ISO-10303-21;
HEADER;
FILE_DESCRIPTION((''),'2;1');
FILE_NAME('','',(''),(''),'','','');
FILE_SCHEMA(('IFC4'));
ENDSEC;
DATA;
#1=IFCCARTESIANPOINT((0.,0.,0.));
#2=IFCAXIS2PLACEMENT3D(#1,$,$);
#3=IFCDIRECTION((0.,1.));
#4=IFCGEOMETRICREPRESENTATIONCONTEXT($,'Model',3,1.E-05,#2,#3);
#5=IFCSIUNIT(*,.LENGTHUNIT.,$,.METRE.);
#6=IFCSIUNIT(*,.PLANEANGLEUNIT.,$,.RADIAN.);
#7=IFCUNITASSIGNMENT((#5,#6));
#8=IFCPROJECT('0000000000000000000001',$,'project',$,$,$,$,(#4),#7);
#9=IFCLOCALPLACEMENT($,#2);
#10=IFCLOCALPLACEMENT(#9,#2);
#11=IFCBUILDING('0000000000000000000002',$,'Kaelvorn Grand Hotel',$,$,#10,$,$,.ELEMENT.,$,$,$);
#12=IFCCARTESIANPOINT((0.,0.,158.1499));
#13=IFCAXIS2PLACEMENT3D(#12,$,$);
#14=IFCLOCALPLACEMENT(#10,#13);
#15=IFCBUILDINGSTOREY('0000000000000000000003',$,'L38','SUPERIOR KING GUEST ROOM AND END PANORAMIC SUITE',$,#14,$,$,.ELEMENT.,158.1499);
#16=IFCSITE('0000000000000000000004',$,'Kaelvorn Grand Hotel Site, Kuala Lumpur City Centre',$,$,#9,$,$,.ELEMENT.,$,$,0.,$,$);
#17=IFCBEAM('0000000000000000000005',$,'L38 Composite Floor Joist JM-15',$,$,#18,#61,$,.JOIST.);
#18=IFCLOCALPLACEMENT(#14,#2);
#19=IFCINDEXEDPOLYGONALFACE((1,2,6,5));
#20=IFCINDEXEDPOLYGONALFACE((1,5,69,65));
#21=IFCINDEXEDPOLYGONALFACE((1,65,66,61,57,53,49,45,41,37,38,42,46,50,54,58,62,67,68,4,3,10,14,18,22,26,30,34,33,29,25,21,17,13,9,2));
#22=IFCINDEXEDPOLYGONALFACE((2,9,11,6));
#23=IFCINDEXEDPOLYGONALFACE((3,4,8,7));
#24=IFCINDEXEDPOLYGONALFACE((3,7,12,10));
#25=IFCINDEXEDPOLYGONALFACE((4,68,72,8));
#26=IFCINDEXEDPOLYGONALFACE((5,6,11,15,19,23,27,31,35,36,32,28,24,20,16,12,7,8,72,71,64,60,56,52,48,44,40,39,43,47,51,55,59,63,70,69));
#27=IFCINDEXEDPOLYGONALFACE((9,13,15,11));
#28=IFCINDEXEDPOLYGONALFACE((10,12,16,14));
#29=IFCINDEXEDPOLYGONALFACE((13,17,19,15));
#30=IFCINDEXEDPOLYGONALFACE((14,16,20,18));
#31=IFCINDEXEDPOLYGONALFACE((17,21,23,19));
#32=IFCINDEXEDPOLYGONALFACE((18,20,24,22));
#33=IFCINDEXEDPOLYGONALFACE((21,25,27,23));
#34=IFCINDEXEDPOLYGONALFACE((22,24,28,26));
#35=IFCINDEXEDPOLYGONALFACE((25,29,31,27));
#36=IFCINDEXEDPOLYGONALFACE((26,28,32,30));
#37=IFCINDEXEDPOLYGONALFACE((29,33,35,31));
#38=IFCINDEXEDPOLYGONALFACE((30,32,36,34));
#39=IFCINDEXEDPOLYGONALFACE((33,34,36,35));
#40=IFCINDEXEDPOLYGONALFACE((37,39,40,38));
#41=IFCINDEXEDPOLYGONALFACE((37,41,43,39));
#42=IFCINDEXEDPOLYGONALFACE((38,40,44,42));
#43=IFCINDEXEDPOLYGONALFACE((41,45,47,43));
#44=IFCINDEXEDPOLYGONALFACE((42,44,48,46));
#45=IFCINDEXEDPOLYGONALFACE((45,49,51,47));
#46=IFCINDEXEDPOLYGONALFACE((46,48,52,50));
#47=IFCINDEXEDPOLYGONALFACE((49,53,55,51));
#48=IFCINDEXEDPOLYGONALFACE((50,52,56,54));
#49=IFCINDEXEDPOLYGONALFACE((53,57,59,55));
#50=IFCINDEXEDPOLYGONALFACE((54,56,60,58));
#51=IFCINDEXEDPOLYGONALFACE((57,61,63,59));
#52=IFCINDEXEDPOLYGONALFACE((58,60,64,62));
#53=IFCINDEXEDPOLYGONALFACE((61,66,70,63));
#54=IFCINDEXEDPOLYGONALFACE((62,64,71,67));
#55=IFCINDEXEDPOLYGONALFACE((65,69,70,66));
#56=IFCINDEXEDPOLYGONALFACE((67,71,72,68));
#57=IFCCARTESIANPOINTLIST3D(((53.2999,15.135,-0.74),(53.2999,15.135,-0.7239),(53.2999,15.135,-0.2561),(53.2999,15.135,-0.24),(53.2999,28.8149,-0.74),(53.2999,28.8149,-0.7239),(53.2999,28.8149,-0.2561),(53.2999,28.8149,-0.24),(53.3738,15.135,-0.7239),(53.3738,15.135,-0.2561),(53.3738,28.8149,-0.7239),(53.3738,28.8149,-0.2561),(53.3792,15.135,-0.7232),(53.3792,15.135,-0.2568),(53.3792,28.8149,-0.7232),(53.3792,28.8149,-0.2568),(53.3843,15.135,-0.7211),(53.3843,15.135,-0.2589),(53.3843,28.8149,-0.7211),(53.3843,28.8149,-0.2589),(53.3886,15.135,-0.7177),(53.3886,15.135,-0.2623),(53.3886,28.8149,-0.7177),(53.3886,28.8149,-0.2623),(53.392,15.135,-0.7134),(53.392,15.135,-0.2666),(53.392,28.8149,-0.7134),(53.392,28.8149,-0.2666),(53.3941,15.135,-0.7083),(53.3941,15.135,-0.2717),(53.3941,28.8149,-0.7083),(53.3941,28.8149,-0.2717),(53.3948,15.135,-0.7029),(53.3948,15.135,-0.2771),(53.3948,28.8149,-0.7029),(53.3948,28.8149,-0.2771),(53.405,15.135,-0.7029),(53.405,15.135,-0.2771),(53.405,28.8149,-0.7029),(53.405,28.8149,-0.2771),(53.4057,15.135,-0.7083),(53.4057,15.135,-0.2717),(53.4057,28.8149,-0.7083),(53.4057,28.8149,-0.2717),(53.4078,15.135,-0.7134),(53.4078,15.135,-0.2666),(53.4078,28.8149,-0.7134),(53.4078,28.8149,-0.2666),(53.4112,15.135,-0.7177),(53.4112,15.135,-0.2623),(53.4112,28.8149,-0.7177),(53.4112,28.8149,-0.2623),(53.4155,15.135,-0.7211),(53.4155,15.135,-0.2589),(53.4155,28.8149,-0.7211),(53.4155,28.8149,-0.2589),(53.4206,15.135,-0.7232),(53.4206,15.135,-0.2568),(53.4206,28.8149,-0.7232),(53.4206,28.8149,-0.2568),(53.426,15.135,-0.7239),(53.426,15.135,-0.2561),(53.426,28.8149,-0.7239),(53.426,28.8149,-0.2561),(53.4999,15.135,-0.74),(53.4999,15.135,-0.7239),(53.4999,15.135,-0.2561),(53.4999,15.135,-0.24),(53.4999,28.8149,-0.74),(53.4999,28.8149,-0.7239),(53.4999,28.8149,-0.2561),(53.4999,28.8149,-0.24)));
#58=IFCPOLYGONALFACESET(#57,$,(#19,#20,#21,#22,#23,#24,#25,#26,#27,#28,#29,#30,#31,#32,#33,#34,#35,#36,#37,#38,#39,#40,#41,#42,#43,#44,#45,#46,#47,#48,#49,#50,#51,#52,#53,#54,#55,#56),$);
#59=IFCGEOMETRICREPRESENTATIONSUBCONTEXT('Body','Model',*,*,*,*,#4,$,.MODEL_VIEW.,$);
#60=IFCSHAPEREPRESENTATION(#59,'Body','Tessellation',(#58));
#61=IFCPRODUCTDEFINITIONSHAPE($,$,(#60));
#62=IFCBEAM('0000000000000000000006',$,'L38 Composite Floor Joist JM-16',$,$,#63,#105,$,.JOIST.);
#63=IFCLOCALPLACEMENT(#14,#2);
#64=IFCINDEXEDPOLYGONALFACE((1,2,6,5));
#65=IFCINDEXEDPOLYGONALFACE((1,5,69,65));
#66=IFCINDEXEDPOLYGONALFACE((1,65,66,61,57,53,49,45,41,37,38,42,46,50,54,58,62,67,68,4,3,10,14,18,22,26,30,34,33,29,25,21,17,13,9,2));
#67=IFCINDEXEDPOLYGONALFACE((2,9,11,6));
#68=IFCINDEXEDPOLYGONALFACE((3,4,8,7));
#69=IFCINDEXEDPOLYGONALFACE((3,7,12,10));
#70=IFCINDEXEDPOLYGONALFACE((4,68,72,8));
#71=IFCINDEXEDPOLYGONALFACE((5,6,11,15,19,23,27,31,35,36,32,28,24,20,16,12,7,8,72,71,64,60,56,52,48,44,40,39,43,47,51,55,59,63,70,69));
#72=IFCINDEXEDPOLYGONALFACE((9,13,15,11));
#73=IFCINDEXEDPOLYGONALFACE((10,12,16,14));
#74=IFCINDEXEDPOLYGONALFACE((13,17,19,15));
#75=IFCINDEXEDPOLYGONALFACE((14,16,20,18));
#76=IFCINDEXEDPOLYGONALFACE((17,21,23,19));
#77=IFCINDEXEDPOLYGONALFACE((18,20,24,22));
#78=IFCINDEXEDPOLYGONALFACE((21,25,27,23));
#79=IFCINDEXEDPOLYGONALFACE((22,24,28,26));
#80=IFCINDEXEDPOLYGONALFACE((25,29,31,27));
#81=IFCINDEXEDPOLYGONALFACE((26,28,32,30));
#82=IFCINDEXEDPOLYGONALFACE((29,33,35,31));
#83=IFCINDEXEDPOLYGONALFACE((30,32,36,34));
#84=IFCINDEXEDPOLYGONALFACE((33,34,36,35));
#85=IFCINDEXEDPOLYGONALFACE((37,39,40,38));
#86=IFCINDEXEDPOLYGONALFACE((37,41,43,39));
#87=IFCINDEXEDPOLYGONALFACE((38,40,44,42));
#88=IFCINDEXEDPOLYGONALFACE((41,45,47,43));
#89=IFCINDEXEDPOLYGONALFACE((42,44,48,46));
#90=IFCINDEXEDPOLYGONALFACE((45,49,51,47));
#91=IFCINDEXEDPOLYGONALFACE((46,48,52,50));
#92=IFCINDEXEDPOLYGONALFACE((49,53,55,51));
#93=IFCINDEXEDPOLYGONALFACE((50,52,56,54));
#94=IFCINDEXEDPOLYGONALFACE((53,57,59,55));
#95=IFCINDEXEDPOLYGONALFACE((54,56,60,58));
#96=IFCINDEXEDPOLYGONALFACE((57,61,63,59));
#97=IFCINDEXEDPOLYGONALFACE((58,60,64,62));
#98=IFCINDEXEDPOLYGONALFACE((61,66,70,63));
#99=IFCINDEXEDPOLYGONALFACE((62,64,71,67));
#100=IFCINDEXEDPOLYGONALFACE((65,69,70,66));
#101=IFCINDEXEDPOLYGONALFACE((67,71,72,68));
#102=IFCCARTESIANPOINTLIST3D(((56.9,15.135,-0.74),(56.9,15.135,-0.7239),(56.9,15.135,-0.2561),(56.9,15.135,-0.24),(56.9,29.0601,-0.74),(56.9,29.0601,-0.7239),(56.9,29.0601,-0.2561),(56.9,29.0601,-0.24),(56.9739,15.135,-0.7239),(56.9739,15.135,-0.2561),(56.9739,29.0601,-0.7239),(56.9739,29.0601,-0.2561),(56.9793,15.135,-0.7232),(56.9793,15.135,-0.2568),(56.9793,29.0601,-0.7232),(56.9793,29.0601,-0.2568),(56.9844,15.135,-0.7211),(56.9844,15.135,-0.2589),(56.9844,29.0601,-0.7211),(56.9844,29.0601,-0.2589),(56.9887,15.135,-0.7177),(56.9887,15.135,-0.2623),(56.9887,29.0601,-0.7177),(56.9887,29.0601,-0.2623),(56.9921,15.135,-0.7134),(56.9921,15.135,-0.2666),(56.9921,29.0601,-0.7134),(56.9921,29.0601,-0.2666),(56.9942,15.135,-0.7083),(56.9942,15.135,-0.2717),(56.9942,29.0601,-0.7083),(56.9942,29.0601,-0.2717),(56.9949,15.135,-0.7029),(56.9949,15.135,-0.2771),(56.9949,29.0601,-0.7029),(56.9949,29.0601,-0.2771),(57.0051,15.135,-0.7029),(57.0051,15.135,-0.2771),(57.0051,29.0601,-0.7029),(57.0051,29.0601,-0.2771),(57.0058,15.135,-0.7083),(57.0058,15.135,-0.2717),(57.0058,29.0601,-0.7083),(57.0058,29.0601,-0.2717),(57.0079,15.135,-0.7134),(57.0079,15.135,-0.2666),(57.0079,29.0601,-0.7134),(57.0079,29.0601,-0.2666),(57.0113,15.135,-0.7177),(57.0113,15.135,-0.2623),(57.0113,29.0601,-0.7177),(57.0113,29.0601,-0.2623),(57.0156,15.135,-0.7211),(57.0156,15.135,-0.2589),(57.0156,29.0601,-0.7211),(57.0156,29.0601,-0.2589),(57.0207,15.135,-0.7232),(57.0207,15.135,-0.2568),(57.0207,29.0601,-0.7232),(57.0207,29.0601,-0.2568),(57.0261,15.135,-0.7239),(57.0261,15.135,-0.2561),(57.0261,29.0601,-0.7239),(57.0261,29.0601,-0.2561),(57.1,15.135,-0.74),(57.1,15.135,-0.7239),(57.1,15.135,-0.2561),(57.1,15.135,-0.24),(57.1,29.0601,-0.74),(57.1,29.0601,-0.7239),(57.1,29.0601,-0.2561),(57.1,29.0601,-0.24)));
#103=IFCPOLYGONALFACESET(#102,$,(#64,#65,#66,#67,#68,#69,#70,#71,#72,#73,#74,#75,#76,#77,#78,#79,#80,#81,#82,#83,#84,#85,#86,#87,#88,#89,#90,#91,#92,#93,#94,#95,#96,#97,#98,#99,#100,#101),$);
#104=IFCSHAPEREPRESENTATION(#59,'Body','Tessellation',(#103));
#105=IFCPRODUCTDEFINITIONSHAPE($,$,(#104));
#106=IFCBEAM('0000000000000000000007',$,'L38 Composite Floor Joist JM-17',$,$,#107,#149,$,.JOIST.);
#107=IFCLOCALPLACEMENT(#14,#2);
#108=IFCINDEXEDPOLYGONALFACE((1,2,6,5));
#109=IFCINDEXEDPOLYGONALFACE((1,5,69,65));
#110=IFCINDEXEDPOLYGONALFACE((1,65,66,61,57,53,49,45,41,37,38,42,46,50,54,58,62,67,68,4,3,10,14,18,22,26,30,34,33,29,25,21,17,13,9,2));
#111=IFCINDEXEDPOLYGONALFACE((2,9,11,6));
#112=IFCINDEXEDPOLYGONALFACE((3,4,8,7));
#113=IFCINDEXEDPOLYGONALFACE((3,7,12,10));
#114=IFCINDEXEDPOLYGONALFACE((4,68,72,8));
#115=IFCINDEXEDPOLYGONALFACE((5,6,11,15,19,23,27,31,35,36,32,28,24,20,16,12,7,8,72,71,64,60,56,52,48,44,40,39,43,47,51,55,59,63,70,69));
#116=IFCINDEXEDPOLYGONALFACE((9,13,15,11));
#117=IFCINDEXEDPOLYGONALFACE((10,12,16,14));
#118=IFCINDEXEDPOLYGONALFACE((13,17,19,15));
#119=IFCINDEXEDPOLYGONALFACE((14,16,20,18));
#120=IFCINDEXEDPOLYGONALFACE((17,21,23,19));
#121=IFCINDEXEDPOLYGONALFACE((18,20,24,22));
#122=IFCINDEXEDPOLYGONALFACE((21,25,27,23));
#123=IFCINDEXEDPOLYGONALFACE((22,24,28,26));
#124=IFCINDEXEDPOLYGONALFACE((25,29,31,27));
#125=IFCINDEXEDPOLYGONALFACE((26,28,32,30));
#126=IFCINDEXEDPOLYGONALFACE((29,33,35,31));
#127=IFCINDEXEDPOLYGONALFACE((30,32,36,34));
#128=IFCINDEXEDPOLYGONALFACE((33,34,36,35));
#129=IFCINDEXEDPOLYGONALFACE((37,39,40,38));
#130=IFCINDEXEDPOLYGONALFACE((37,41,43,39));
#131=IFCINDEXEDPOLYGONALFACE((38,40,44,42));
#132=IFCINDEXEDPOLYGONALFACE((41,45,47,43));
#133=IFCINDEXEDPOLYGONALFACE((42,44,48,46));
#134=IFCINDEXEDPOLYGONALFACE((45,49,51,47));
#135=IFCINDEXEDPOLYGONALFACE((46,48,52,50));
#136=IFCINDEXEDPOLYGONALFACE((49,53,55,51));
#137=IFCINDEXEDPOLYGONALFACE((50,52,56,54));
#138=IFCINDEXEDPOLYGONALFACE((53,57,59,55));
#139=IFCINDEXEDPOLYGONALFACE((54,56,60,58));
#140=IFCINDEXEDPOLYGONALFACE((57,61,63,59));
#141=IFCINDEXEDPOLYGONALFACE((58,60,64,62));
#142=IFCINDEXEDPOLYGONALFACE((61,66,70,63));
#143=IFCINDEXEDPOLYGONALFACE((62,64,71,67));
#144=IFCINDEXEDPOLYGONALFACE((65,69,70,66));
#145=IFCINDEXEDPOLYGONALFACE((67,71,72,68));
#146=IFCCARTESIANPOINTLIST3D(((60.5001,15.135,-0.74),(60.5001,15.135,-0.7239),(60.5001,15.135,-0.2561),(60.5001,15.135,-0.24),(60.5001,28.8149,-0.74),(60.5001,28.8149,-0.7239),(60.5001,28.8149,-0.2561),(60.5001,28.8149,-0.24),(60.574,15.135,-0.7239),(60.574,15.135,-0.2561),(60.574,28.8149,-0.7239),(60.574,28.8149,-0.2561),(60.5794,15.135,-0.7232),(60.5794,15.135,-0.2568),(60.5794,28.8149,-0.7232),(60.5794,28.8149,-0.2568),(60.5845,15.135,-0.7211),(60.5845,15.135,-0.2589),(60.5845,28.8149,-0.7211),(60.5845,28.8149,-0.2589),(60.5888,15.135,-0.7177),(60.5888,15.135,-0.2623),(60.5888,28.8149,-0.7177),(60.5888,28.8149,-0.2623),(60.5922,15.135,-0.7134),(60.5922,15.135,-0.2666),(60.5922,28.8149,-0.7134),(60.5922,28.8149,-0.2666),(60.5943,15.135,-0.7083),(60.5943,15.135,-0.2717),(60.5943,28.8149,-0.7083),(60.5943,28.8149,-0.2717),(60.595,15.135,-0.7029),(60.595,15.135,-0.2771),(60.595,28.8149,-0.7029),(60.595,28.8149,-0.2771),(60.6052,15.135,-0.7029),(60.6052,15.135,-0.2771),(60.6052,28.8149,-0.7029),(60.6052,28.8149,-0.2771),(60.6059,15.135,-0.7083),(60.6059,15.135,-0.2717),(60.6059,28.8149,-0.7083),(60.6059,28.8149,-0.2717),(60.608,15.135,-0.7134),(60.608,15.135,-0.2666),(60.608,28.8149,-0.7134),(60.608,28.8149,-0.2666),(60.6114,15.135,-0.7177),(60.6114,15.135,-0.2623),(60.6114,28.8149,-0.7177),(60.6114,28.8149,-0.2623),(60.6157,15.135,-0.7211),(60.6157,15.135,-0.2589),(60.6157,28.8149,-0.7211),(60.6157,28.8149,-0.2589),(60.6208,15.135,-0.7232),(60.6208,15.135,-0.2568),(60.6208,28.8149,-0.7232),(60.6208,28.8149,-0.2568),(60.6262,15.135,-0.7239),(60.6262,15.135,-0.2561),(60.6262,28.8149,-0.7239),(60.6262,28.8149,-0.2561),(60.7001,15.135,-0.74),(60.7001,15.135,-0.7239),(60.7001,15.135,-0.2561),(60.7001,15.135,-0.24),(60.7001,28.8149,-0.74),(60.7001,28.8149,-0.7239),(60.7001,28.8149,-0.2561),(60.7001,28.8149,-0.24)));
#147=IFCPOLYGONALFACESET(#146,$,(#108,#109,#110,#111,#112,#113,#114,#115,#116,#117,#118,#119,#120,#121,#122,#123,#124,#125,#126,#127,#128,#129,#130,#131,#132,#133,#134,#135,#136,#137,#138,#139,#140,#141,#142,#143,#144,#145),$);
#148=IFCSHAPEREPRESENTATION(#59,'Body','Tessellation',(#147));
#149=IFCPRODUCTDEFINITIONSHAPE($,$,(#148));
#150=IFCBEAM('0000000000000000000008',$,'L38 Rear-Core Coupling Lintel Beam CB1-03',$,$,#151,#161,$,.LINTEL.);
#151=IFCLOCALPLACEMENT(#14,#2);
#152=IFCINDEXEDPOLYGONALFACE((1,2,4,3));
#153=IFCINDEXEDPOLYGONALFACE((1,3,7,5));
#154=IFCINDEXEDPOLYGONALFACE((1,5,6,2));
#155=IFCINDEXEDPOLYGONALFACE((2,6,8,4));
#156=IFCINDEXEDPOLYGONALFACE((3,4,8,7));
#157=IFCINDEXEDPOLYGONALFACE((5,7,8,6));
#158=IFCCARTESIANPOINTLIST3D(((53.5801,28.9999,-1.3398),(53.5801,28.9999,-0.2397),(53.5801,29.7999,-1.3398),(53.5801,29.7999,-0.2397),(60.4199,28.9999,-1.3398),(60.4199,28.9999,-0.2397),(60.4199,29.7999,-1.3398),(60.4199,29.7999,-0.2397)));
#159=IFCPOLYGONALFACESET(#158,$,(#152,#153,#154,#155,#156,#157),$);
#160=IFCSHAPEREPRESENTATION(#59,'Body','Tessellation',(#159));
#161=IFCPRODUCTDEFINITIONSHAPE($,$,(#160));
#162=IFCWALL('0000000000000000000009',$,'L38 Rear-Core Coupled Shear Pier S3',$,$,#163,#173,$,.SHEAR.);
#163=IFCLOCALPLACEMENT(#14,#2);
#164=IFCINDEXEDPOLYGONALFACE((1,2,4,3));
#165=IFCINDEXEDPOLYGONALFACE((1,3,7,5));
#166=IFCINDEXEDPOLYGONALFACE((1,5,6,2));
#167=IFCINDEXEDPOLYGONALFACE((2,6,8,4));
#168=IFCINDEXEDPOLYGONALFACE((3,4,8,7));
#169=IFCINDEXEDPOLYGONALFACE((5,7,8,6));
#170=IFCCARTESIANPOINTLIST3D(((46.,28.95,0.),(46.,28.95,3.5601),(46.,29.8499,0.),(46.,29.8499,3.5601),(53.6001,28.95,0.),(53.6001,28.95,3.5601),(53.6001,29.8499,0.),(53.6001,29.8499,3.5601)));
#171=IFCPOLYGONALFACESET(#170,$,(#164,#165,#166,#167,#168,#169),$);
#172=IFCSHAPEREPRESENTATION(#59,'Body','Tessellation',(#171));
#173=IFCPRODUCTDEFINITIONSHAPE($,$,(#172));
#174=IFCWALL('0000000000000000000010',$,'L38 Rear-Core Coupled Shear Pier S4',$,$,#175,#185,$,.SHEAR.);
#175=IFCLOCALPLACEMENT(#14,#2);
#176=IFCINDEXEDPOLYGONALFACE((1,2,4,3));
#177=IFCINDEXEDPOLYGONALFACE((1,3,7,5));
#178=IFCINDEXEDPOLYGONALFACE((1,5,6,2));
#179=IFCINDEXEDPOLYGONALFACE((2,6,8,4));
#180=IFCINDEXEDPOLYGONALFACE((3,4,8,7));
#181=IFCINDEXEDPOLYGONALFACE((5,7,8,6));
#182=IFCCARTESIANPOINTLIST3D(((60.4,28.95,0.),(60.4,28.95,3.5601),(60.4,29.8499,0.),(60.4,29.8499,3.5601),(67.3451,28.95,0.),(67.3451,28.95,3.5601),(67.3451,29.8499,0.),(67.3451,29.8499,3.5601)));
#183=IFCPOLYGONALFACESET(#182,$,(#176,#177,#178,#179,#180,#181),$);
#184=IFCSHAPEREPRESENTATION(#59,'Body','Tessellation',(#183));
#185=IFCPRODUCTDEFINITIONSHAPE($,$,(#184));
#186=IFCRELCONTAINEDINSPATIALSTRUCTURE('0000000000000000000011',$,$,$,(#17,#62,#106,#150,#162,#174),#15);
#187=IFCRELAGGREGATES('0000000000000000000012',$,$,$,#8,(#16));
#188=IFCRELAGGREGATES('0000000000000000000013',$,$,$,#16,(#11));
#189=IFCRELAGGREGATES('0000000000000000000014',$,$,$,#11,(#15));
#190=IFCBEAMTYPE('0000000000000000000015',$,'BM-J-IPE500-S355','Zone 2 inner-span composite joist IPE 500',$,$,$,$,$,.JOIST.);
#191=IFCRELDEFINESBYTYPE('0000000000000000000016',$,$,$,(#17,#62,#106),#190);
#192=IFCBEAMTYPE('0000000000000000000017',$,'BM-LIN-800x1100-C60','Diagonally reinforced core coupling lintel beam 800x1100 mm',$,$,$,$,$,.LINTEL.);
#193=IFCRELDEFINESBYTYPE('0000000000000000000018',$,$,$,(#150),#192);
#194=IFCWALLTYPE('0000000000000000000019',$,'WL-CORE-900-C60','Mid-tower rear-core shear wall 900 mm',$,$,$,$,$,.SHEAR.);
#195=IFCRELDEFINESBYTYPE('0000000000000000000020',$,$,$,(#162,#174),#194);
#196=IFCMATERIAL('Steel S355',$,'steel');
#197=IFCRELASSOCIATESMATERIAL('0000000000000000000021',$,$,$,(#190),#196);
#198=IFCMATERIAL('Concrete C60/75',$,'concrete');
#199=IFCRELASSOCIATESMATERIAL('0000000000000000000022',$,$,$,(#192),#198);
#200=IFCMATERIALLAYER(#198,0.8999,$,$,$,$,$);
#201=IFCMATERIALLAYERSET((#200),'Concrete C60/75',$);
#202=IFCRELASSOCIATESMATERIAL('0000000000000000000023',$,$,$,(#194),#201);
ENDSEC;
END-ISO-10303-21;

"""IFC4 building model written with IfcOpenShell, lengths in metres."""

from ifc_helpers import new_model, si_unit, direction, frame, frame_2d, origin, origin_2d, place, context, subcontext, project, spatial, rectangle, i_section, extrude, material, layer, layer_set, material_profile, profile_set, type_object, element, save


model = new_model("IFC4")

# Units and contexts
model_context = context("Model", 3, precision=1e-05, world=origin(), true_north=direction((0.0, 1.0)))
body_context = subcontext(model_context, "Body", "Model", "MODEL_VIEW")
ifc_project = project(units=[si_unit("LENGTHUNIT", "METRE"), si_unit("PLANEANGLEUNIT", "RADIAN")], contexts=[model_context])

# Site, building, storey
site_placement = place(None, origin())
site = spatial("IfcSite", under=ifc_project, at=site_placement, Name="Kaelvorn Grand Hotel Site, Kuala Lumpur City Centre", CompositionType="ELEMENT", RefElevation=0.0)
building_placement = place(site_placement, origin())
building = spatial("IfcBuilding", under=site, at=building_placement, Name="Kaelvorn Grand Hotel", CompositionType="ELEMENT")
storey_placement = place(building_placement, frame((0.0, 0.0, 158.1499)))
storey = spatial("IfcBuildingStorey", under=building, at=storey_placement, Name="L38", Description="SUPERIOR KING GUEST ROOM AND END PANORAMIC SUITE", CompositionType="ELEMENT", Elevation=158.1499)

# Shared definitions
ifc_material_1 = material(Name="Concrete C60/75", Category="concrete")

# Beams
ifc_material_2 = material(Name="Steel S355", Category="steel")
ifc_material_profile_1 = material_profile(ifc_material_2, i_section(OverallWidth=0.2, OverallDepth=0.5, WebThickness=0.0103, FlangeThickness=0.0161, FilletRadius=0.021, at=origin_2d()), Name="IPE 500")
ifc_profile_set_1 = profile_set([ifc_material_profile_1], Name="Steel S355")
beam_type_1 = type_object("IfcBeamType", Name="BM-J-IPE500-S355", Description="Zone 2 inner-span composite joist IPE 500", PredefinedType="JOIST", material=ifc_profile_set_1)
beam_1_placement = place(storey_placement, frame((53.3999, 15.135, -0.49), z_axis=(0.0, 1.0, 0.0), x_axis=(-1.0, 0.0, 0.0)))
element("IfcBeam", 1, at=beam_1_placement, inside=storey, type_object=beam_type_1, Name="L38 Composite Floor Joist JM-15", PredefinedType="JOIST", context=body_context, shape_type="SweptSolid", body=[
    extrude(i_section(OverallWidth=0.2, OverallDepth=0.5, WebThickness=0.0103, FlangeThickness=0.0161, FilletRadius=0.021, at=origin_2d()), origin(), (0.0, 0.0, 1.0), 13.6799),
])
beam_2_placement = place(storey_placement, frame((57.0, 15.135, -0.49), z_axis=(0.0, 1.0, 0.0), x_axis=(-1.0, 0.0, 0.0)))
element("IfcBeam", 2, at=beam_2_placement, inside=storey, type_object=beam_type_1, Name="L38 Composite Floor Joist JM-16", PredefinedType="JOIST", context=body_context, shape_type="SweptSolid", body=[
    extrude(i_section(OverallWidth=0.2, OverallDepth=0.5, WebThickness=0.0103, FlangeThickness=0.0161, FilletRadius=0.021, at=origin_2d()), origin(), (0.0, 0.0, 1.0), 13.925),
])
beam_3_placement = place(storey_placement, frame((60.6001, 15.135, -0.49), z_axis=(0.0, 1.0, 0.0), x_axis=(-1.0, 0.0, 0.0)))
element("IfcBeam", 3, at=beam_3_placement, inside=storey, type_object=beam_type_1, Name="L38 Composite Floor Joist JM-17", PredefinedType="JOIST", context=body_context, shape_type="SweptSolid", body=[
    extrude(i_section(OverallWidth=0.2, OverallDepth=0.5, WebThickness=0.0103, FlangeThickness=0.0161, FilletRadius=0.021, at=origin_2d()), origin(), (0.0, 0.0, 1.0), 13.6799),
])
ifc_material_profile_2 = material_profile(ifc_material_1, rectangle(XDim=0.8, YDim=1.1001, at=origin_2d()), Name="RC LINTEL 800x1100")
ifc_profile_set_2 = profile_set([ifc_material_profile_2], Name="Concrete C60/75")
beam_type_2 = type_object("IfcBeamType", Name="BM-LIN-800x1100-C60", Description="Diagonally reinforced core coupling lintel beam 800x1100 mm", PredefinedType="LINTEL", material=ifc_profile_set_2)
beam_4_placement = place(storey_placement, frame((53.5801, 29.3999, -0.7898), z_axis=(1.0, 0.0, 0.0), x_axis=(0.0, 1.0, 0.0)))
element("IfcBeam", 4, at=beam_4_placement, inside=storey, type_object=beam_type_2, Name="L38 Rear-Core Coupling Lintel Beam CB1-03", PredefinedType="LINTEL", context=body_context, shape_type="SweptSolid", body=[
    extrude(rectangle(XDim=0.8, YDim=1.1001, at=origin_2d()), origin(), (0.0, 0.0, 1.0), 6.8398),
])

# Walls
ifc_layer_1 = layer(ifc_material_1, 0.8999)
ifc_layer_set_1 = layer_set([ifc_layer_1], Name="Concrete C60/75")
wall_type_1 = type_object("IfcWallType", Name="WL-CORE-900-C60", Description="Mid-tower rear-core shear wall 900 mm", PredefinedType="SHEAR", material=ifc_layer_set_1)
wall_1_placement = place(storey_placement, frame((46.0, 29.3999, 0.0), z_axis=(0.0, 0.0, 1.0), x_axis=(1.0, 0.0, 0.0)))
element("IfcWall", 5, at=wall_1_placement, inside=storey, type_object=wall_type_1, Name="L38 Rear-Core Coupled Shear Pier S3", PredefinedType="SHEAR", context=body_context, shape_type="SweptSolid", body=[
    extrude(rectangle(XDim=7.6001, YDim=0.8999, at=frame_2d((3.8, 0.0))), origin(), (0.0, 0.0, 1.0), 3.5601),
])
wall_2_placement = place(storey_placement, frame((60.3999, 29.3999, 0.0), z_axis=(0.0, 0.0, 1.0), x_axis=(1.0, 0.0, 0.0)))
element("IfcWall", 6, at=wall_2_placement, inside=storey, type_object=wall_type_1, Name="L38 Rear-Core Coupled Shear Pier S4", PredefinedType="SHEAR", context=body_context, shape_type="SweptSolid", body=[
    extrude(rectangle(XDim=6.9451, YDim=0.8999, at=frame_2d((3.4727, 0.0))), origin(), (0.0, 0.0, 1.0), 3.5601),
])

save(model, "model.ifc")
